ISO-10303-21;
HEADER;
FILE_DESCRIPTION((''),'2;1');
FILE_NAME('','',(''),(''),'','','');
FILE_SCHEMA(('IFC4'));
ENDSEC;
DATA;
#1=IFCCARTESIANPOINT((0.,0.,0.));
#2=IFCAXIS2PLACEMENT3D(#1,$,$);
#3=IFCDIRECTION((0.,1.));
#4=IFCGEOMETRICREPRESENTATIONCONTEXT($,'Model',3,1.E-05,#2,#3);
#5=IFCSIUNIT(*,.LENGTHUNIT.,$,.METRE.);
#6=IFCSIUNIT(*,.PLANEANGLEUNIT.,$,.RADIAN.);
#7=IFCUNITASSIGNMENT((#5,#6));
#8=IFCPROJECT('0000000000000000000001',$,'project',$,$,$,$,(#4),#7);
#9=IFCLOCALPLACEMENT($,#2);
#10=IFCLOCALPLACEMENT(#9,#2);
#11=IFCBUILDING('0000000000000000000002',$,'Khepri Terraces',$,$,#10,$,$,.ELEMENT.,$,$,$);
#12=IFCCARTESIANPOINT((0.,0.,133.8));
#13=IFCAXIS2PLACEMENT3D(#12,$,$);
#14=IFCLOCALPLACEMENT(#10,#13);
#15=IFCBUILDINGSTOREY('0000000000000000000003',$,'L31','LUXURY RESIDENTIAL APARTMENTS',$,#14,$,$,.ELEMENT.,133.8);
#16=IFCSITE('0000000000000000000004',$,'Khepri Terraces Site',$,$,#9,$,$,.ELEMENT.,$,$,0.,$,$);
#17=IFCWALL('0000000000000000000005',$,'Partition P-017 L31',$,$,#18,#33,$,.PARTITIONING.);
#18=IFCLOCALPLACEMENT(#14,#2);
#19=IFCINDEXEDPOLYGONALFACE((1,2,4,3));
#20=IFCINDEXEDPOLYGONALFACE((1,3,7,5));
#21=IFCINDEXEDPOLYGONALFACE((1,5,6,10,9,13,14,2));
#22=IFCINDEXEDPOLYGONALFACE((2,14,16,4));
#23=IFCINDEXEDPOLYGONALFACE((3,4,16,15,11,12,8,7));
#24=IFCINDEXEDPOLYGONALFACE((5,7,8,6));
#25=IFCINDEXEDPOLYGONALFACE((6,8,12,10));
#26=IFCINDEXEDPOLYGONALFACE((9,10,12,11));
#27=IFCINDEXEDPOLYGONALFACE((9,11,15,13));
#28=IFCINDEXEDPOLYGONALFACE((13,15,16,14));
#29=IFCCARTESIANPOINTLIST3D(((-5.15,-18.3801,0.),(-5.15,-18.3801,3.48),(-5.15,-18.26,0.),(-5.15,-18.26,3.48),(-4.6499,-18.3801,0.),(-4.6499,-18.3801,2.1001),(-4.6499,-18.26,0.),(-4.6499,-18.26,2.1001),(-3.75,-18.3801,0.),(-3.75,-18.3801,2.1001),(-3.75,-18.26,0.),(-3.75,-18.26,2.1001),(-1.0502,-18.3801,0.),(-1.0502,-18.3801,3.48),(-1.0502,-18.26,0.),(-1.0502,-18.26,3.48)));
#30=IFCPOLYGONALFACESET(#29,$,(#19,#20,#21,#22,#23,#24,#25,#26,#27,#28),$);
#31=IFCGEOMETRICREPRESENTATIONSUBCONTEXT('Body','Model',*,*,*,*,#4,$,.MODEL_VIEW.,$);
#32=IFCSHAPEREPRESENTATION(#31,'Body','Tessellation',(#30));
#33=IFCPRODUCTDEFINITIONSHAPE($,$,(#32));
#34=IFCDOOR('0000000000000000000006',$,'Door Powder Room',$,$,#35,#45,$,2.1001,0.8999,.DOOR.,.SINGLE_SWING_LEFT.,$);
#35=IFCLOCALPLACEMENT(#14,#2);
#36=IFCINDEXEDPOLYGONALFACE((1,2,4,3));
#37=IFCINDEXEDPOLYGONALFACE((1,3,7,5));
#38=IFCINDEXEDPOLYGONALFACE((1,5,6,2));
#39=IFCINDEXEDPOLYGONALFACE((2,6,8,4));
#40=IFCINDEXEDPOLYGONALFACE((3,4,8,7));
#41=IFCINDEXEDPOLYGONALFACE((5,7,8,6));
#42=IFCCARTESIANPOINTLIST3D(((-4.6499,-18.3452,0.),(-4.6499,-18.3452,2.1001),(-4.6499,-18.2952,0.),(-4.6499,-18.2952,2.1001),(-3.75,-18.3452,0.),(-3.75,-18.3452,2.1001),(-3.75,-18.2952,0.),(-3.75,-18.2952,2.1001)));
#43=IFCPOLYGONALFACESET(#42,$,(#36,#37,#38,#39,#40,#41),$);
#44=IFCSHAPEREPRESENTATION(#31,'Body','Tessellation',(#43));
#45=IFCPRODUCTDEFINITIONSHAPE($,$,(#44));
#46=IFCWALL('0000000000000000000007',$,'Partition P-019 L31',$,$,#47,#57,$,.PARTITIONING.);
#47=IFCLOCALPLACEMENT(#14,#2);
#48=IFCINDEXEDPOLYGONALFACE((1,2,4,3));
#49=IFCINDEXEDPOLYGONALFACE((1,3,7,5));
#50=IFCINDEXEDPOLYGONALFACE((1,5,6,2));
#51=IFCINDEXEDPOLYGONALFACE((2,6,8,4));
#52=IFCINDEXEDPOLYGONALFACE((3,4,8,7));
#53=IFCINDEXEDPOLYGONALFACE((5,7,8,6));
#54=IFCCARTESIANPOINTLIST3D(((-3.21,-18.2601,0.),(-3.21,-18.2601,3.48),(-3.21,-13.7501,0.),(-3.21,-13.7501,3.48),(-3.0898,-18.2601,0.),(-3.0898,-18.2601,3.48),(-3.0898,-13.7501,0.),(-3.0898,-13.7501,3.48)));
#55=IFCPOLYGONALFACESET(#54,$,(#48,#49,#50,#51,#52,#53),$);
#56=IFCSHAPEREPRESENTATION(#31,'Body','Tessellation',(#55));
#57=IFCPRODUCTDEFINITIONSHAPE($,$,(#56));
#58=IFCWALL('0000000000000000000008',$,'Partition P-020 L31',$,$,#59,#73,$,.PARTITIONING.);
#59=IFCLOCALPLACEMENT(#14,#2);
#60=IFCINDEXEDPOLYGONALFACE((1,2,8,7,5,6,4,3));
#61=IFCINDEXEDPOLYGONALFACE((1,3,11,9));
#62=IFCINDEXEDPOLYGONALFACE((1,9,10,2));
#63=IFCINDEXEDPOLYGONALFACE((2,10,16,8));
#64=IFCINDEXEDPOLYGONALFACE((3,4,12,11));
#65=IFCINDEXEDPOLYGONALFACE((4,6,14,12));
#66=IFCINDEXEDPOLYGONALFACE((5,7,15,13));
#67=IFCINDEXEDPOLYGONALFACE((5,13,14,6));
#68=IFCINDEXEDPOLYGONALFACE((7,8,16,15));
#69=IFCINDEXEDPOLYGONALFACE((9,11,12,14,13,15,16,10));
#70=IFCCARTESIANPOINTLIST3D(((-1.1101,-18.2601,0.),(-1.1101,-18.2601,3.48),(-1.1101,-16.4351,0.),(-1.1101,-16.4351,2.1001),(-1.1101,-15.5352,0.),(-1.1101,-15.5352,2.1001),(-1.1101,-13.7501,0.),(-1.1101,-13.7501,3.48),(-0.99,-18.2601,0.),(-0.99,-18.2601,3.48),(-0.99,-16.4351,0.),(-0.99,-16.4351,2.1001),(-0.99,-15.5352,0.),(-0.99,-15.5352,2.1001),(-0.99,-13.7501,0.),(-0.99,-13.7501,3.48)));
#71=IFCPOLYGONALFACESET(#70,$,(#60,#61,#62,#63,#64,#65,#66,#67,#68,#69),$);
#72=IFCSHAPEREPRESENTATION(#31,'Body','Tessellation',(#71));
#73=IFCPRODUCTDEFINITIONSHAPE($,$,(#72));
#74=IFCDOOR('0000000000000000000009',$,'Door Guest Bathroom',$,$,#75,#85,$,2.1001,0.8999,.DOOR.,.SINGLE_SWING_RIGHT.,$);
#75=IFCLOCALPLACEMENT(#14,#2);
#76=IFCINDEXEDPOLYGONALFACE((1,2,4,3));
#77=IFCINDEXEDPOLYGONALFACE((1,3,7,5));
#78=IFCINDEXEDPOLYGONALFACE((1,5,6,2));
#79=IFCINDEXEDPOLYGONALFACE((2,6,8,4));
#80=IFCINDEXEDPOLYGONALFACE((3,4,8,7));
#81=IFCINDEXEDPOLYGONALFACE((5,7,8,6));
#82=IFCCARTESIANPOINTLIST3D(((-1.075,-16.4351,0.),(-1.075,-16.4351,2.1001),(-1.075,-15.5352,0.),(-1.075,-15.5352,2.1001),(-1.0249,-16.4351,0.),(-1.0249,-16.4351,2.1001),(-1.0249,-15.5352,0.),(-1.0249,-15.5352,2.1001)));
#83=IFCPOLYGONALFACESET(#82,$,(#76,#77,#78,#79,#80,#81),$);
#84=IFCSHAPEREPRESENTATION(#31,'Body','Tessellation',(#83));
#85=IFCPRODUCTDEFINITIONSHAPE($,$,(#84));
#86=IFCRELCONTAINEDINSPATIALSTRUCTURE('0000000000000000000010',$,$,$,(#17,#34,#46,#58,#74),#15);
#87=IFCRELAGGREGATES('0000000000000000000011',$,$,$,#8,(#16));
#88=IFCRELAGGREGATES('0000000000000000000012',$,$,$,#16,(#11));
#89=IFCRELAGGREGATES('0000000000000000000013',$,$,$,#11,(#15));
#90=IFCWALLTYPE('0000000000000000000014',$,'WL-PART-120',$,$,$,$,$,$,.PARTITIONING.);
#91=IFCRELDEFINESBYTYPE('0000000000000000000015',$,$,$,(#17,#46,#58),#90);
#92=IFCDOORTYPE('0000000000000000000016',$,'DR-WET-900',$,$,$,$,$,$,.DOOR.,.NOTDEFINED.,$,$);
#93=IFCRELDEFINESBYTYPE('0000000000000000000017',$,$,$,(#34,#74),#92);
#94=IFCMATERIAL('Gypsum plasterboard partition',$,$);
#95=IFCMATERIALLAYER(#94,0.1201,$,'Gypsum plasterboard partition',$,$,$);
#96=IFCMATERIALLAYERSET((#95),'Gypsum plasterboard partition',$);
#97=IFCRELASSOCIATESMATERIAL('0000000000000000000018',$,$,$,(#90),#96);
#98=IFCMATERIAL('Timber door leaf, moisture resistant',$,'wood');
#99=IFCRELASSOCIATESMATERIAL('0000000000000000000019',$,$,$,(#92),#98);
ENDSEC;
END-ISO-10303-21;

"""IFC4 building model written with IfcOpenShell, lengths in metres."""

from ifc_helpers import new_model, si_unit, direction, frame, frame_2d, origin, place, context, subcontext, project, spatial, rectangle, extrude, material, layer, layer_set, type_object, element, fill, save


model = new_model("IFC4")

# Units and contexts
model_context = context("Model", 3, precision=1e-05, world=origin(), true_north=direction((0.0, 1.0)))
body_context = subcontext(model_context, "Body", "Model", "MODEL_VIEW")
ifc_project = project(units=[si_unit("LENGTHUNIT", "METRE"), si_unit("PLANEANGLEUNIT", "RADIAN")], contexts=[model_context])

# Site, building, storey
site_placement = place(None, origin())
site = spatial("IfcSite", under=ifc_project, at=site_placement, Name="Khepri Terraces Site", CompositionType="ELEMENT", RefElevation=0.0)
building_placement = place(site_placement, origin())
building = spatial("IfcBuilding", under=site, at=building_placement, Name="Khepri Terraces", CompositionType="ELEMENT")
storey_placement = place(building_placement, frame((0.0, 0.0, 133.8)))
storey = spatial("IfcBuildingStorey", under=building, at=storey_placement, Name="L31", Description="LUXURY RESIDENTIAL APARTMENTS", CompositionType="ELEMENT", Elevation=133.8)

# Shared definitions
ifc_material_1 = material(Name="Gypsum plasterboard partition")
ifc_layer_1 = layer(ifc_material_1, 0.1201, Name="Gypsum plasterboard partition")
ifc_layer_set_1 = layer_set([ifc_layer_1], Name="Gypsum plasterboard partition")
wall_type_1 = type_object("IfcWallType", Name="WL-PART-120", PredefinedType="PARTITIONING", material=ifc_layer_set_1)
ifc_material_2 = material(Name="Timber door leaf, moisture resistant", Category="wood")
door_type_1 = type_object("IfcDoorType", Name="DR-WET-900", OperationType="NOTDEFINED", PredefinedType="DOOR", material=ifc_material_2)

# Wall, opening, door
wall_1_placement = place(storey_placement, frame((-5.1499, -18.3201, 0.0), z_axis=(0.0, 0.0, 1.0), x_axis=(1.0, 0.0, 0.0)))
wall_1 = element("IfcWall", 1, at=wall_1_placement, inside=storey, type_object=wall_type_1, Name="Partition P-017 L31", PredefinedType="PARTITIONING", context=body_context, shape_type="SweptSolid", body=[
    extrude(rectangle(XDim=4.0999, YDim=0.1201, at=frame_2d((2.0498, 0.0))), origin(), (0.0, 0.0, 1.0), 3.48),
])
opening_1_placement = place(wall_1_placement, frame((0.5, 0.0, 0.0)))
opening_1 = element("IfcOpeningElement", 2, at=opening_1_placement, cuts=wall_1, PredefinedType="OPENING", context=body_context, shape_type="SweptSolid", body=[
    extrude(rectangle(XDim=0.8999, YDim=2.1001, at=frame_2d((0.45, 1.05))), frame((0.0, 0.0701, 0.0), z_axis=(0.0, -1.0, 0.0), x_axis=(1.0, 0.0, 0.0)), (0.0, 0.0, 1.0), 0.1401),
])
door_1_placement = place(opening_1_placement, origin())
door_1 = element("IfcDoor", 3, at=door_1_placement, inside=storey, type_object=door_type_1, Name="Door Powder Room", OperationType="SINGLE_SWING_LEFT", OverallHeight=2.1001, OverallWidth=0.8999, PredefinedType="DOOR", context=body_context, shape_type="SweptSolid", body=[
    extrude(rectangle(XDim=0.8999, YDim=2.1001, at=frame_2d((0.45, 1.05))), frame((0.0, 0.0249, 0.0), z_axis=(0.0, -1.0, 0.0), x_axis=(1.0, 0.0, 0.0)), (0.0, 0.0, 1.0), 0.05),
])
fill(opening_1, door_1)

# Wall
wall_2_placement = place(storey_placement, frame((-3.1499, -18.26, 0.0), z_axis=(0.0, 0.0, 1.0), x_axis=(0.0, 1.0, 0.0)))
element("IfcWall", 4, at=wall_2_placement, inside=storey, type_object=wall_type_1, Name="Partition P-019 L31", PredefinedType="PARTITIONING", context=body_context, shape_type="SweptSolid", body=[
    extrude(rectangle(XDim=4.51, YDim=0.1201, at=frame_2d((2.2549, 0.0))), origin(), (0.0, 0.0, 1.0), 3.48),
])

# Wall, opening, door
wall_3_placement = place(storey_placement, frame((-1.05, -18.26, 0.0), z_axis=(0.0, 0.0, 1.0), x_axis=(0.0, 1.0, 0.0)))
wall_3 = element("IfcWall", 5, at=wall_3_placement, inside=storey, type_object=wall_type_1, Name="Partition P-020 L31", PredefinedType="PARTITIONING", context=body_context, shape_type="SweptSolid", body=[
    extrude(rectangle(XDim=4.51, YDim=0.1201, at=frame_2d((2.2549, 0.0))), origin(), (0.0, 0.0, 1.0), 3.48),
])
opening_2_placement = place(wall_3_placement, frame((1.825, 0.0, 0.0)))
opening_2 = element("IfcOpeningElement", 6, at=opening_2_placement, cuts=wall_3, PredefinedType="OPENING", context=body_context, shape_type="SweptSolid", body=[
    extrude(rectangle(XDim=0.8999, YDim=2.1001, at=frame_2d((0.45, 1.05))), frame((0.0, 0.0701, 0.0), z_axis=(0.0, -1.0, 0.0), x_axis=(1.0, 0.0, 0.0)), (0.0, 0.0, 1.0), 0.1401),
])
door_2_placement = place(opening_2_placement, origin())
door_2 = element("IfcDoor", 7, at=door_2_placement, inside=storey, type_object=door_type_1, Name="Door Guest Bathroom", OperationType="SINGLE_SWING_RIGHT", OverallHeight=2.1001, OverallWidth=0.8999, PredefinedType="DOOR", context=body_context, shape_type="SweptSolid", body=[
    extrude(rectangle(XDim=0.8999, YDim=2.1001, at=frame_2d((0.45, 1.05))), frame((0.0, 0.0249, 0.0), z_axis=(0.0, -1.0, 0.0), x_axis=(1.0, 0.0, 0.0)), (0.0, 0.0, 1.0), 0.05),
])
fill(opening_2, door_2)

save(model, "model.ifc")
